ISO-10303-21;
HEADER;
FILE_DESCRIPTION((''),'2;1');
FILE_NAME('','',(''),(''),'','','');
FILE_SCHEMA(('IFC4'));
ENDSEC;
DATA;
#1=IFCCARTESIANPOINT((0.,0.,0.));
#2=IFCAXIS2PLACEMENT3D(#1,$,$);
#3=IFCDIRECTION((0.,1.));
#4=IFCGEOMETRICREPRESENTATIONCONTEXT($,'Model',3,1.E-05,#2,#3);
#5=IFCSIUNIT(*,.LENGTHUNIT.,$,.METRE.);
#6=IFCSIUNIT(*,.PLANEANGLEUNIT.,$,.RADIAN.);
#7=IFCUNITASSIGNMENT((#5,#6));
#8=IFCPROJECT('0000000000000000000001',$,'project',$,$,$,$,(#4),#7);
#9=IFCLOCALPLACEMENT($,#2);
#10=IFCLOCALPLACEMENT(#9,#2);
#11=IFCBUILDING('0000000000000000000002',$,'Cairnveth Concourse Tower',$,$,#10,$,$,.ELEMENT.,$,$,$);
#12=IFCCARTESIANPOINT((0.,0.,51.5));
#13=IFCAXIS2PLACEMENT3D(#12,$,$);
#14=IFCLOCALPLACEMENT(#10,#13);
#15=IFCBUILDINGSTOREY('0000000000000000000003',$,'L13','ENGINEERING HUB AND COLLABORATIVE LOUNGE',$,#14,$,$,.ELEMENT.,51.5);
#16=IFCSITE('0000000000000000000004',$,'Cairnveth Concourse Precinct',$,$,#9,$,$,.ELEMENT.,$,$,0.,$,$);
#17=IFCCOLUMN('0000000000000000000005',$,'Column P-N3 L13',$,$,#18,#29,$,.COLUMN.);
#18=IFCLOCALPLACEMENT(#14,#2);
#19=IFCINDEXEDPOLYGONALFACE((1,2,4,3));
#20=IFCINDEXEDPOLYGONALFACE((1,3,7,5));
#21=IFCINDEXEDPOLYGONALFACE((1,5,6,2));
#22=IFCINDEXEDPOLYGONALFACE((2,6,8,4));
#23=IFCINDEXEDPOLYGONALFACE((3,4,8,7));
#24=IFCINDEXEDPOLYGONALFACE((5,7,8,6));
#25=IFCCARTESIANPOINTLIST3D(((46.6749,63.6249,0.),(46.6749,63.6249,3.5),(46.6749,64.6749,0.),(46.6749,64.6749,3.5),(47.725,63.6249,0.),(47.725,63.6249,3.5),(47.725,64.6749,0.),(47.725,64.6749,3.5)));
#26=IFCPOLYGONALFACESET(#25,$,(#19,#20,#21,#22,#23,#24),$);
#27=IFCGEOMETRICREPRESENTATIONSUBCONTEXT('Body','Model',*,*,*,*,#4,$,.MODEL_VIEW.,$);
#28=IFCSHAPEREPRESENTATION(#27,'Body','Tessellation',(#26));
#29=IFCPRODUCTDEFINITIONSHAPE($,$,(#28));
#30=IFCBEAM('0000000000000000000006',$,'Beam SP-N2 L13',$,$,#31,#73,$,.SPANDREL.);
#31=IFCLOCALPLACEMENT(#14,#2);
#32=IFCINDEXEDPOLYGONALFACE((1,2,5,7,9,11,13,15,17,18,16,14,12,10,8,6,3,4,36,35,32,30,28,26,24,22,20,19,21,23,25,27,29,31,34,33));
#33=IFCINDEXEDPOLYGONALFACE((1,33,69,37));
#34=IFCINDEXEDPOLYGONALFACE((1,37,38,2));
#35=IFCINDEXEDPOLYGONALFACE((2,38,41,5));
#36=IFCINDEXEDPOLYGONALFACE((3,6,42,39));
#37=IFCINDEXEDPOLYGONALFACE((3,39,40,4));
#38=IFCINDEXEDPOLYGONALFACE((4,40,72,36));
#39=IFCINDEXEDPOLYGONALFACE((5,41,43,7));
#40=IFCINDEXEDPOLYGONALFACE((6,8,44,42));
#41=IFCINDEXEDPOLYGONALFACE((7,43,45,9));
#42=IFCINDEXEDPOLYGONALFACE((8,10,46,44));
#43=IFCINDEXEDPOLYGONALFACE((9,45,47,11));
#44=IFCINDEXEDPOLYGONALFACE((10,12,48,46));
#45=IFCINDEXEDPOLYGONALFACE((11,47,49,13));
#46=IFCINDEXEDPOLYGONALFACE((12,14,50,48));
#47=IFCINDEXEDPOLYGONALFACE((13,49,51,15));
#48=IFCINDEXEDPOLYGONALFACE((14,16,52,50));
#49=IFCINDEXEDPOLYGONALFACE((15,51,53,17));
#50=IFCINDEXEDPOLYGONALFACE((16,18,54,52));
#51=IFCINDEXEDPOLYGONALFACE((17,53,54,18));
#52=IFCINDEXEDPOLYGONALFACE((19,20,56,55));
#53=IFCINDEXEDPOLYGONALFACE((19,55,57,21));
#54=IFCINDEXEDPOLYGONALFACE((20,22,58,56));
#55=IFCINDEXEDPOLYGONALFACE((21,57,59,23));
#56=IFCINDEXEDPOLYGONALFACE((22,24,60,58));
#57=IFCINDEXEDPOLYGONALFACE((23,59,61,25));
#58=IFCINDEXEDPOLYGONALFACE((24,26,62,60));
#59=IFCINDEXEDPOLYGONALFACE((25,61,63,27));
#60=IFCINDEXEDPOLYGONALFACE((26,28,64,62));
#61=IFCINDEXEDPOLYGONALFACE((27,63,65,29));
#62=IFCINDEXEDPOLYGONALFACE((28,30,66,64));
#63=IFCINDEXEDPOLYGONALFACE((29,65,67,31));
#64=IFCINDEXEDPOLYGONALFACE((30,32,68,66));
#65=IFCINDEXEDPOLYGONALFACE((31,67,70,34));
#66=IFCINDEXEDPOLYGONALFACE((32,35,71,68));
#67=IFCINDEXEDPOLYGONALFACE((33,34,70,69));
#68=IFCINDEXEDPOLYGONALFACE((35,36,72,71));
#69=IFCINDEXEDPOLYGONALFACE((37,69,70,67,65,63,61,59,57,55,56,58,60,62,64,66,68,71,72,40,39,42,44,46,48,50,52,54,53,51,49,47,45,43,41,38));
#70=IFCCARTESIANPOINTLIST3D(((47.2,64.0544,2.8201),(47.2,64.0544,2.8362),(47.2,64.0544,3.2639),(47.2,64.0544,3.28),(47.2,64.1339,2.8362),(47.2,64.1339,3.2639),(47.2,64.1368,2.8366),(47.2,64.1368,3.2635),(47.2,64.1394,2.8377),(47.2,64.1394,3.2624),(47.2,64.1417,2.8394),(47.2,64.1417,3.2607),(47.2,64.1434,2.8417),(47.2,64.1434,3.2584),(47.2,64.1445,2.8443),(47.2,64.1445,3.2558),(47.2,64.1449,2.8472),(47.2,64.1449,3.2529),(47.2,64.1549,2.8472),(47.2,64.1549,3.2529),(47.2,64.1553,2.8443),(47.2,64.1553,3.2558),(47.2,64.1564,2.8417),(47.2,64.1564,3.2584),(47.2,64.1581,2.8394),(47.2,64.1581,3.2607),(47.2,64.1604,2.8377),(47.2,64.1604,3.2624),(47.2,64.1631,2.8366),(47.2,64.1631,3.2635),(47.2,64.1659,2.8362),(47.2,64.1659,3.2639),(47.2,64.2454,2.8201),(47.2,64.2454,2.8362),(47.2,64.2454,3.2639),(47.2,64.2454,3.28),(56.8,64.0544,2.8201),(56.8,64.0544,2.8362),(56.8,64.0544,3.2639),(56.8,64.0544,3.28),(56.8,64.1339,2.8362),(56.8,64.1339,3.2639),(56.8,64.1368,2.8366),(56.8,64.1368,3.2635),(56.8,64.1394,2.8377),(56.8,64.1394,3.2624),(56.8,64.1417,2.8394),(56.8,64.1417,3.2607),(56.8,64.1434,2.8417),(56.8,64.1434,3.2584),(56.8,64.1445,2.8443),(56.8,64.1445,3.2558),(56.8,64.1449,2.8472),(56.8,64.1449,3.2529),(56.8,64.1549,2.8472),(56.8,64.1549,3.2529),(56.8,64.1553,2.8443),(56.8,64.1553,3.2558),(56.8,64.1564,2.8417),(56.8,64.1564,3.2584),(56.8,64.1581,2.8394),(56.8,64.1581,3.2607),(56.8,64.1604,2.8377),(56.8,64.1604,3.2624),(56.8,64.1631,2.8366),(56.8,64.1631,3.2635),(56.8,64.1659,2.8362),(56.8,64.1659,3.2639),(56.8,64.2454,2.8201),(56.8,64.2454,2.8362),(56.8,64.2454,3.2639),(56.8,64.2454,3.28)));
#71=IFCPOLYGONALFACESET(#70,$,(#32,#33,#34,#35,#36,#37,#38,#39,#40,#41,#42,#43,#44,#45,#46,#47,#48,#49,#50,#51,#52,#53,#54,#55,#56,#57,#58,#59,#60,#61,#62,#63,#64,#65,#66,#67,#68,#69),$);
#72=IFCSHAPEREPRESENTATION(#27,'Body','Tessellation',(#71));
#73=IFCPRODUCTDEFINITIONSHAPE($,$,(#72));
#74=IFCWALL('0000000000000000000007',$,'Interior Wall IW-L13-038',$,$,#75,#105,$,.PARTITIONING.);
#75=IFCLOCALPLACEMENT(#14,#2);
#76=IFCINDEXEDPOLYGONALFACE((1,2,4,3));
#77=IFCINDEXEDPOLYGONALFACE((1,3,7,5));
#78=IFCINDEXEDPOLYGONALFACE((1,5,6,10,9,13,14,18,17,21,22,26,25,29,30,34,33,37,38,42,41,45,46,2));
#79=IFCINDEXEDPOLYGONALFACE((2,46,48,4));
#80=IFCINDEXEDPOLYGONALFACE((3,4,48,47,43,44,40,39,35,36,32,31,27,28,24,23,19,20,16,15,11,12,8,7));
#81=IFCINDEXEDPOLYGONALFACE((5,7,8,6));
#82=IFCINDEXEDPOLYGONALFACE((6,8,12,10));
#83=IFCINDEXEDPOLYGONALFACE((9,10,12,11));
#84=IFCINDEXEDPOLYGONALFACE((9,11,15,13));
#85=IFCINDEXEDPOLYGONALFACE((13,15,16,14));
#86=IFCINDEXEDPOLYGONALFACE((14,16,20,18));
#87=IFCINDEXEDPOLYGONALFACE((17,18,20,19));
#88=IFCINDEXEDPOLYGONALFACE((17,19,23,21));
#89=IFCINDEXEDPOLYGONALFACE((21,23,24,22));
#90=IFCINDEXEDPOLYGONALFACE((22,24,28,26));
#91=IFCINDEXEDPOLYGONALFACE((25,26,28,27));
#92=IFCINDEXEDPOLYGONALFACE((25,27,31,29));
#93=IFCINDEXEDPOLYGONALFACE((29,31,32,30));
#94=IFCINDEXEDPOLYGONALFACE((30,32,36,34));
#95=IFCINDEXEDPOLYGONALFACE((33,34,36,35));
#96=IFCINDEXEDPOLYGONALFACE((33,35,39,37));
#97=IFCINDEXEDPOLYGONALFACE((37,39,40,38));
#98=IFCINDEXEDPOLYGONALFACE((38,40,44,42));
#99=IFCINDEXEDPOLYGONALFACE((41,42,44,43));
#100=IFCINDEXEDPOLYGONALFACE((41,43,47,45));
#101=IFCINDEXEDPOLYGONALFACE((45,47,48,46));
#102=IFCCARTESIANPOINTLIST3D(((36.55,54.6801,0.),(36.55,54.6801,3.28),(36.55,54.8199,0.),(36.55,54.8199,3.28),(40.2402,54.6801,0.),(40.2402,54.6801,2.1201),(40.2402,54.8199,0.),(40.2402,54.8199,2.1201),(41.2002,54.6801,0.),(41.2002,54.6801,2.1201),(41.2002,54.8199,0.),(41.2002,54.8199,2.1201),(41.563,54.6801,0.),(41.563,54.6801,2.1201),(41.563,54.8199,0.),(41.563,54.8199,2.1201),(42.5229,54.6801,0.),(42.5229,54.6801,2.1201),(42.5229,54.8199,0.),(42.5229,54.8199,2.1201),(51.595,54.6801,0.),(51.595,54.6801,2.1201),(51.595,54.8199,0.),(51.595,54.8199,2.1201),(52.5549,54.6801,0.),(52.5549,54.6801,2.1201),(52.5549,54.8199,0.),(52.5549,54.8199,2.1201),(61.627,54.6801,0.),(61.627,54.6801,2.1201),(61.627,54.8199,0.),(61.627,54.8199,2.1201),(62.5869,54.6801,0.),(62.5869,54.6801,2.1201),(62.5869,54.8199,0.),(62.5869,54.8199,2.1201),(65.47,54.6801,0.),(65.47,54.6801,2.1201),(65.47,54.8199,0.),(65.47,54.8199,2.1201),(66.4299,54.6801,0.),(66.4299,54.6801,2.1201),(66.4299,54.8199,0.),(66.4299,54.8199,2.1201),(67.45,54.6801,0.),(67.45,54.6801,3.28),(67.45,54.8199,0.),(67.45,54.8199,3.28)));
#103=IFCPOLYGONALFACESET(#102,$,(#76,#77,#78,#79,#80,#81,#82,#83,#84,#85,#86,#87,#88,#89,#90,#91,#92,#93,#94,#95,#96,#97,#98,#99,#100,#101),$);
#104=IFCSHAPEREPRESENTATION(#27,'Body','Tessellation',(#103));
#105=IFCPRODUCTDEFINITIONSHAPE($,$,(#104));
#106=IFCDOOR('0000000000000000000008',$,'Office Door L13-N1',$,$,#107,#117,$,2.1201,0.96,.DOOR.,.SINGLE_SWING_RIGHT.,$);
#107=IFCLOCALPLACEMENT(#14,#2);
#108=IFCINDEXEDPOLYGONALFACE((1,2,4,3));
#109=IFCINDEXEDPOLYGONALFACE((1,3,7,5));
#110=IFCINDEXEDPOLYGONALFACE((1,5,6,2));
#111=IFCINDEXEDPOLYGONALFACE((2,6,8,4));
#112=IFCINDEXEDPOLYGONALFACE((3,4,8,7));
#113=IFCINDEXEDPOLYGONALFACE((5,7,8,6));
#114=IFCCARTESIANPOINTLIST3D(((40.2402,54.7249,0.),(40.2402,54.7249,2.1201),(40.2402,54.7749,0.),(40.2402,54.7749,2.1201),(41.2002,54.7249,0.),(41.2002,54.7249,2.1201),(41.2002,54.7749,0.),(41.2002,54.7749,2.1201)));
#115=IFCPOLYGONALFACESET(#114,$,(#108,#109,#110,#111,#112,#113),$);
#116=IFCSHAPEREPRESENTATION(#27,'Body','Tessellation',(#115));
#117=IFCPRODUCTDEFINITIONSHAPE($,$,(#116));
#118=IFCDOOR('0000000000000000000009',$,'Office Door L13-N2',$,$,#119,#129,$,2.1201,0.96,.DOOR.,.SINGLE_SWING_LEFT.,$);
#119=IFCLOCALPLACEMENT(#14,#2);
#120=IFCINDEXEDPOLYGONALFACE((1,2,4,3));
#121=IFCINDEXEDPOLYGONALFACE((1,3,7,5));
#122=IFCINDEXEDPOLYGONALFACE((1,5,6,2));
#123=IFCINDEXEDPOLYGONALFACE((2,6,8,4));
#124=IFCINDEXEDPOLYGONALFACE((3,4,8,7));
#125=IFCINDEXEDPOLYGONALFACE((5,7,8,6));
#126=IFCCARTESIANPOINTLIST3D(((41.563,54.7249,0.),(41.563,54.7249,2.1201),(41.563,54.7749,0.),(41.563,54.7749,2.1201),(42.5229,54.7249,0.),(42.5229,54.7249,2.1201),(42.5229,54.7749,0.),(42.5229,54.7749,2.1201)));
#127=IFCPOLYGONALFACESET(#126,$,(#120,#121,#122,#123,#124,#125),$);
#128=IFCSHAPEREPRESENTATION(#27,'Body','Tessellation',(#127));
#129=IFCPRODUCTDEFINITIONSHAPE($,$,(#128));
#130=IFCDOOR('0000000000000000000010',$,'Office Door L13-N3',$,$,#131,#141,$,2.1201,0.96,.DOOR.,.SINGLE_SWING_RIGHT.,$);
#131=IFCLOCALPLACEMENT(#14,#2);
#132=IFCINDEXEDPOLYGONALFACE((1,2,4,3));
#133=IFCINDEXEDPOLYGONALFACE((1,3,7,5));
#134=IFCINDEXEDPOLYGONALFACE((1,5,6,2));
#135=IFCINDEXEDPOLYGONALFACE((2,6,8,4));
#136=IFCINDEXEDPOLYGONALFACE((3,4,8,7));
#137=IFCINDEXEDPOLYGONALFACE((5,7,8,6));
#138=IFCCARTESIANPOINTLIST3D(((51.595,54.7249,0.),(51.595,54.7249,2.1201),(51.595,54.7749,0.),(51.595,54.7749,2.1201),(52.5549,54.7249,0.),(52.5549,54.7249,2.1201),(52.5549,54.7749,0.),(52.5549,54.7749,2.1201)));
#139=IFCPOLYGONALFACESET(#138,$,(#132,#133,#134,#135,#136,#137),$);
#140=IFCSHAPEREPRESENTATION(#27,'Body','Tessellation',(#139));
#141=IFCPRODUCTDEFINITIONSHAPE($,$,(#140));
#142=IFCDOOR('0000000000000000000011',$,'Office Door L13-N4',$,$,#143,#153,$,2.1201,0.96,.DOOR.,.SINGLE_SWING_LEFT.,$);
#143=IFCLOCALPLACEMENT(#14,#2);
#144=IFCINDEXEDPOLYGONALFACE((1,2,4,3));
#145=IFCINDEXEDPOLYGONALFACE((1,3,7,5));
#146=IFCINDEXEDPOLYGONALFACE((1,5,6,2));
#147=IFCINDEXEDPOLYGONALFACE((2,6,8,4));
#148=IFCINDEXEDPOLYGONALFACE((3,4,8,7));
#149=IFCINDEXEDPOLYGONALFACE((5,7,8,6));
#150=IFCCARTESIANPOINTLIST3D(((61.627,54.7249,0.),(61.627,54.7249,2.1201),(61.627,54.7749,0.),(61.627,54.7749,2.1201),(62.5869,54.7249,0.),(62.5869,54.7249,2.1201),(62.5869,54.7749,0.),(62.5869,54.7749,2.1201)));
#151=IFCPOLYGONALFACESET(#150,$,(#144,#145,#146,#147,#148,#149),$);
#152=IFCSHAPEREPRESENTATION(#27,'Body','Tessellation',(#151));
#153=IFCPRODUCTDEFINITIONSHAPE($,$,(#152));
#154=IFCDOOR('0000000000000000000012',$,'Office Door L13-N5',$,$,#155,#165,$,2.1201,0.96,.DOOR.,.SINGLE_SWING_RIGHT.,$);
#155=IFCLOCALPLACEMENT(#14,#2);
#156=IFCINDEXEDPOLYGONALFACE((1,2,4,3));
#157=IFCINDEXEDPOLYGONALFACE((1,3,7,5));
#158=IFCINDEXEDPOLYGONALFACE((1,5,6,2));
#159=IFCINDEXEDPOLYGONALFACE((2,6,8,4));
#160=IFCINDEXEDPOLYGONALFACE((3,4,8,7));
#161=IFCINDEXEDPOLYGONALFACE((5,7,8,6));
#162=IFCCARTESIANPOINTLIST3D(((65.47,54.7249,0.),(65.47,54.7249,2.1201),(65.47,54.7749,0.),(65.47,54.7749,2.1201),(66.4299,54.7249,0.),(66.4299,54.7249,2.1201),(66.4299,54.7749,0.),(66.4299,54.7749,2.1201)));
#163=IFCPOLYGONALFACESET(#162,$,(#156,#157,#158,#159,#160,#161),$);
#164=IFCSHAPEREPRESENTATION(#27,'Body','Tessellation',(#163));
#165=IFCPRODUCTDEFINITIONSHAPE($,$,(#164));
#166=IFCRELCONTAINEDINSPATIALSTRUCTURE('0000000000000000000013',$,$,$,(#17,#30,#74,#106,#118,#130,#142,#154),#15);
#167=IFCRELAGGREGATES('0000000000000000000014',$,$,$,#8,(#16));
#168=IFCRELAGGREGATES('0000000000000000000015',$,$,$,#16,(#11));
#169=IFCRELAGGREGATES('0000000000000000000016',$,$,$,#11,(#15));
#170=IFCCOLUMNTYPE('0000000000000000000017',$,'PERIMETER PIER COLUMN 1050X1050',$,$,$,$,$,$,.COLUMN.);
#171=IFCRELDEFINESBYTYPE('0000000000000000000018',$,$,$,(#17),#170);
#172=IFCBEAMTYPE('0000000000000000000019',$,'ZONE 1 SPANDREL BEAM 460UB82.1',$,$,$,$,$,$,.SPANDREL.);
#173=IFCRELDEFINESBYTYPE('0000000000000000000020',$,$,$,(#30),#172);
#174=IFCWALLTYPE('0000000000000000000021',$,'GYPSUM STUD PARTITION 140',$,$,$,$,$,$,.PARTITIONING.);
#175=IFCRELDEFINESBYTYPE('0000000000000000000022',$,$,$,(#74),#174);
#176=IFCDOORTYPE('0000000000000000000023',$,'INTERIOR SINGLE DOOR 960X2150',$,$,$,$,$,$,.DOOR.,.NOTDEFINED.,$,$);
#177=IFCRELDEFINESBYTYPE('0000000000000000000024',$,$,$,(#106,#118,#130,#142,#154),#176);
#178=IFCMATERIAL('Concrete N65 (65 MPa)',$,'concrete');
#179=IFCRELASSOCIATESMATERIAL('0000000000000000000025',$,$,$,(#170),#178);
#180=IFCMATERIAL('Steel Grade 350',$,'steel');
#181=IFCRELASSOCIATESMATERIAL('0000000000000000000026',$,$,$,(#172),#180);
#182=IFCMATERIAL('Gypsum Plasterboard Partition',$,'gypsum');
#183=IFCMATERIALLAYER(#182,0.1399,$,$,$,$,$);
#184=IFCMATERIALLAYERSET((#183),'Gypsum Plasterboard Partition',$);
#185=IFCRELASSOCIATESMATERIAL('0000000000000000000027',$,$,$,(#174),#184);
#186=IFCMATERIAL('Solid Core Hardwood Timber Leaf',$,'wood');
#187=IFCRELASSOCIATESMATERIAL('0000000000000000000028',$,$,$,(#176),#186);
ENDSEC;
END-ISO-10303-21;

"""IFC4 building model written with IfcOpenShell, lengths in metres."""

from ifc_helpers import new_model, si_unit, direction, frame, frame_2d, origin, origin_2d, place, context, subcontext, project, spatial, rectangle, i_section, extrude, material, layer, layer_set, material_profile, profile_set, type_object, element, fill, save


model = new_model("IFC4")

# Units and contexts
model_context = context("Model", 3, precision=1e-05, world=origin(), true_north=direction((0.0, 1.0)))
body_context = subcontext(model_context, "Body", "Model", "MODEL_VIEW")
ifc_project = project(units=[si_unit("LENGTHUNIT", "METRE"), si_unit("PLANEANGLEUNIT", "RADIAN")], contexts=[model_context])

# Site, building, storey
site_placement = place(None, origin())
site = spatial("IfcSite", under=ifc_project, at=site_placement, Name="Cairnveth Concourse Precinct", CompositionType="ELEMENT", RefElevation=0.0)
building_placement = place(site_placement, origin())
building = spatial("IfcBuilding", under=site, at=building_placement, Name="Cairnveth Concourse Tower", CompositionType="ELEMENT")
storey_placement = place(building_placement, frame((0.0, 0.0, 51.5)))
storey = spatial("IfcBuildingStorey", under=building, at=storey_placement, Name="L13", Description="ENGINEERING HUB AND COLLABORATIVE LOUNGE", CompositionType="ELEMENT", Elevation=51.5)

# Column
ifc_material_1 = material(Name="Concrete N65 (65 MPa)", Category="concrete")
ifc_material_profile_1 = material_profile(ifc_material_1, rectangle(XDim=1.05, YDim=1.05, at=origin_2d()), Name="RC-COL-1050x1050")
ifc_profile_set_1 = profile_set([ifc_material_profile_1], Name="Concrete N65 (65 MPa)")
column_type = type_object("IfcColumnType", Name="PERIMETER PIER COLUMN 1050X1050", PredefinedType="COLUMN", material=ifc_profile_set_1)
column_placement = place(storey_placement, frame((47.2, 64.1499, 0.0), z_axis=(0.0, 0.0, 1.0), x_axis=(1.0, 0.0, 0.0)))
element("IfcColumn", 1, at=column_placement, inside=storey, type_object=column_type, Name="Column P-N3 L13", PredefinedType="COLUMN", context=body_context, shape_type="SweptSolid", body=[
    extrude(rectangle(XDim=1.05, YDim=1.05, at=origin_2d()), origin(), (0.0, 0.0, 1.0), 3.5),
])

# Beam
ifc_material_2 = material(Name="Steel Grade 350", Category="steel")
ifc_material_profile_2 = material_profile(ifc_material_2, i_section(OverallWidth=0.1909, OverallDepth=0.46, WebThickness=0.01, FlangeThickness=0.0161, FilletRadius=0.011, at=origin_2d()), Name="460UB82.1")
ifc_profile_set_2 = profile_set([ifc_material_profile_2], Name="Steel Grade 350")
beam_type = type_object("IfcBeamType", Name="ZONE 1 SPANDREL BEAM 460UB82.1", PredefinedType="SPANDREL", material=ifc_profile_set_2)
beam_placement = place(storey_placement, frame((47.2, 64.1499, 3.05), z_axis=(1.0, 0.0, 0.0), x_axis=(0.0, 1.0, 0.0)))
element("IfcBeam", 2, at=beam_placement, inside=storey, type_object=beam_type, Name="Beam SP-N2 L13", PredefinedType="SPANDREL", context=body_context, shape_type="SweptSolid", body=[
    extrude(i_section(OverallWidth=0.1909, OverallDepth=0.46, WebThickness=0.01, FlangeThickness=0.0161, FilletRadius=0.011, at=origin_2d()), origin(), (0.0, 0.0, 1.0), 9.6001),
])

# Wall, openings, doors
ifc_material_3 = material(Name="Gypsum Plasterboard Partition", Category="gypsum")
ifc_layer = layer(ifc_material_3, 0.1399)
ifc_layer_set = layer_set([ifc_layer], Name="Gypsum Plasterboard Partition")
wall_type = type_object("IfcWallType", Name="GYPSUM STUD PARTITION 140", PredefinedType="PARTITIONING", material=ifc_layer_set)
wall_1_placement = place(storey_placement, frame((36.55, 54.75, 0.0), z_axis=(0.0, 0.0, 1.0), x_axis=(1.0, 0.0, 0.0)))
wall_1 = element("IfcWall", 3, at=wall_1_placement, inside=storey, type_object=wall_type, Name="Interior Wall IW-L13-038", PredefinedType="PARTITIONING", context=body_context, shape_type="SweptSolid", body=[
    extrude(rectangle(XDim=30.8999, YDim=0.1399, at=frame_2d((15.45, 0.0))), origin(), (0.0, 0.0, 1.0), 3.28),
])
opening_1_placement = place(wall_1_placement, frame((3.6902, 0.0, 0.0)))
opening_1 = element("IfcOpeningElement", 4, at=opening_1_placement, cuts=wall_1, PredefinedType="OPENING", context=body_context, shape_type="SweptSolid", body=[
    extrude(rectangle(XDim=0.96, YDim=2.1201, at=frame_2d((0.48, 1.0601))), frame((0.0, 0.0798, 0.0), z_axis=(0.0, -1.0, 0.0), x_axis=(1.0, 0.0, 0.0)), (0.0, 0.0, 1.0), 0.1599),
])
opening_2_placement = place(wall_1_placement, frame((5.0129, 0.0, 0.0)))
opening_2 = element("IfcOpeningElement", 5, at=opening_2_placement, cuts=wall_1, PredefinedType="OPENING", context=body_context, shape_type="SweptSolid", body=[
    extrude(rectangle(XDim=0.96, YDim=2.1201, at=frame_2d((0.48, 1.0601))), frame((0.0, 0.0798, 0.0), z_axis=(0.0, -1.0, 0.0), x_axis=(1.0, 0.0, 0.0)), (0.0, 0.0, 1.0), 0.1599),
])
opening_3_placement = place(wall_1_placement, frame((15.0449, 0.0, 0.0)))
opening_3 = element("IfcOpeningElement", 6, at=opening_3_placement, cuts=wall_1, PredefinedType="OPENING", context=body_context, shape_type="SweptSolid", body=[
    extrude(rectangle(XDim=0.96, YDim=2.1201, at=frame_2d((0.48, 1.0601))), frame((0.0, 0.0798, 0.0), z_axis=(0.0, -1.0, 0.0), x_axis=(1.0, 0.0, 0.0)), (0.0, 0.0, 1.0), 0.1599),
])
opening_4_placement = place(wall_1_placement, frame((25.0769, 0.0, 0.0)))
opening_4 = element("IfcOpeningElement", 7, at=opening_4_placement, cuts=wall_1, PredefinedType="OPENING", context=body_context, shape_type="SweptSolid", body=[
    extrude(rectangle(XDim=0.96, YDim=2.1201, at=frame_2d((0.48, 1.0601))), frame((0.0, 0.0798, 0.0), z_axis=(0.0, -1.0, 0.0), x_axis=(1.0, 0.0, 0.0)), (0.0, 0.0, 1.0), 0.1599),
])
opening_5_placement = place(wall_1_placement, frame((28.9199, 0.0, 0.0)))
opening_5 = element("IfcOpeningElement", 8, at=opening_5_placement, cuts=wall_1, PredefinedType="OPENING", context=body_context, shape_type="SweptSolid", body=[
    extrude(rectangle(XDim=0.96, YDim=2.1201, at=frame_2d((0.48, 1.0601))), frame((0.0, 0.0798, 0.0), z_axis=(0.0, -1.0, 0.0), x_axis=(1.0, 0.0, 0.0)), (0.0, 0.0, 1.0), 0.1599),
])
ifc_material_4 = material(Name="Solid Core Hardwood Timber Leaf", Category="wood")
door_type_1 = type_object("IfcDoorType", Name="INTERIOR SINGLE DOOR 960X2150", OperationType="NOTDEFINED", PredefinedType="DOOR", material=ifc_material_4)
door_1_placement = place(opening_1_placement, origin())
door_1 = element("IfcDoor", 9, at=door_1_placement, inside=storey, type_object=door_type_1, Name="Office Door L13-N1", OperationType="SINGLE_SWING_RIGHT", OverallHeight=2.1201, OverallWidth=0.96, PredefinedType="DOOR", context=body_context, shape_type="SweptSolid", body=[
    extrude(rectangle(XDim=0.96, YDim=2.1201, at=frame_2d((0.48, 1.0601))), frame((0.0, 0.0249, 0.0), z_axis=(0.0, -1.0, 0.0), x_axis=(1.0, 0.0, 0.0)), (0.0, 0.0, 1.0), 0.05),
])
fill(opening_1, door_1)
door_2_placement = place(opening_2_placement, origin())
door_2 = element("IfcDoor", 10, at=door_2_placement, inside=storey, type_object=door_type_1, Name="Office Door L13-N2", OperationType="SINGLE_SWING_LEFT", OverallHeight=2.1201, OverallWidth=0.96, PredefinedType="DOOR", context=body_context, shape_type="SweptSolid", body=[
    extrude(rectangle(XDim=0.96, YDim=2.1201, at=frame_2d((0.48, 1.0601))), frame((0.0, 0.0249, 0.0), z_axis=(0.0, -1.0, 0.0), x_axis=(1.0, 0.0, 0.0)), (0.0, 0.0, 1.0), 0.05),
])
fill(opening_2, door_2)
door_3_placement = place(opening_3_placement, origin())
door_3 = element("IfcDoor", 11, at=door_3_placement, inside=storey, type_object=door_type_1, Name="Office Door L13-N3", OperationType="SINGLE_SWING_RIGHT", OverallHeight=2.1201, OverallWidth=0.96, PredefinedType="DOOR", context=body_context, shape_type="SweptSolid", body=[
    extrude(rectangle(XDim=0.96, YDim=2.1201, at=frame_2d((0.48, 1.0601))), frame((0.0, 0.0249, 0.0), z_axis=(0.0, -1.0, 0.0), x_axis=(1.0, 0.0, 0.0)), (0.0, 0.0, 1.0), 0.05),
])
fill(opening_3, door_3)
door_4_placement = place(opening_4_placement, origin())
door_4 = element("IfcDoor", 12, at=door_4_placement, inside=storey, type_object=door_type_1, Name="Office Door L13-N4", OperationType="SINGLE_SWING_LEFT", OverallHeight=2.1201, OverallWidth=0.96, PredefinedType="DOOR", context=body_context, shape_type="SweptSolid", body=[
    extrude(rectangle(XDim=0.96, YDim=2.1201, at=frame_2d((0.48, 1.0601))), frame((0.0, 0.0249, 0.0), z_axis=(0.0, -1.0, 0.0), x_axis=(1.0, 0.0, 0.0)), (0.0, 0.0, 1.0), 0.05),
])
fill(opening_4, door_4)
door_5_placement = place(opening_5_placement, origin())
door_5 = element("IfcDoor", 13, at=door_5_placement, inside=storey, type_object=door_type_1, Name="Office Door L13-N5", OperationType="SINGLE_SWING_RIGHT", OverallHeight=2.1201, OverallWidth=0.96, PredefinedType="DOOR", context=body_context, shape_type="SweptSolid", body=[
    extrude(rectangle(XDim=0.96, YDim=2.1201, at=frame_2d((0.48, 1.0601))), frame((0.0, 0.0249, 0.0), z_axis=(0.0, -1.0, 0.0), x_axis=(1.0, 0.0, 0.0)), (0.0, 0.0, 1.0), 0.05),
])
fill(opening_5, door_5)

save(model, "model.ifc")
